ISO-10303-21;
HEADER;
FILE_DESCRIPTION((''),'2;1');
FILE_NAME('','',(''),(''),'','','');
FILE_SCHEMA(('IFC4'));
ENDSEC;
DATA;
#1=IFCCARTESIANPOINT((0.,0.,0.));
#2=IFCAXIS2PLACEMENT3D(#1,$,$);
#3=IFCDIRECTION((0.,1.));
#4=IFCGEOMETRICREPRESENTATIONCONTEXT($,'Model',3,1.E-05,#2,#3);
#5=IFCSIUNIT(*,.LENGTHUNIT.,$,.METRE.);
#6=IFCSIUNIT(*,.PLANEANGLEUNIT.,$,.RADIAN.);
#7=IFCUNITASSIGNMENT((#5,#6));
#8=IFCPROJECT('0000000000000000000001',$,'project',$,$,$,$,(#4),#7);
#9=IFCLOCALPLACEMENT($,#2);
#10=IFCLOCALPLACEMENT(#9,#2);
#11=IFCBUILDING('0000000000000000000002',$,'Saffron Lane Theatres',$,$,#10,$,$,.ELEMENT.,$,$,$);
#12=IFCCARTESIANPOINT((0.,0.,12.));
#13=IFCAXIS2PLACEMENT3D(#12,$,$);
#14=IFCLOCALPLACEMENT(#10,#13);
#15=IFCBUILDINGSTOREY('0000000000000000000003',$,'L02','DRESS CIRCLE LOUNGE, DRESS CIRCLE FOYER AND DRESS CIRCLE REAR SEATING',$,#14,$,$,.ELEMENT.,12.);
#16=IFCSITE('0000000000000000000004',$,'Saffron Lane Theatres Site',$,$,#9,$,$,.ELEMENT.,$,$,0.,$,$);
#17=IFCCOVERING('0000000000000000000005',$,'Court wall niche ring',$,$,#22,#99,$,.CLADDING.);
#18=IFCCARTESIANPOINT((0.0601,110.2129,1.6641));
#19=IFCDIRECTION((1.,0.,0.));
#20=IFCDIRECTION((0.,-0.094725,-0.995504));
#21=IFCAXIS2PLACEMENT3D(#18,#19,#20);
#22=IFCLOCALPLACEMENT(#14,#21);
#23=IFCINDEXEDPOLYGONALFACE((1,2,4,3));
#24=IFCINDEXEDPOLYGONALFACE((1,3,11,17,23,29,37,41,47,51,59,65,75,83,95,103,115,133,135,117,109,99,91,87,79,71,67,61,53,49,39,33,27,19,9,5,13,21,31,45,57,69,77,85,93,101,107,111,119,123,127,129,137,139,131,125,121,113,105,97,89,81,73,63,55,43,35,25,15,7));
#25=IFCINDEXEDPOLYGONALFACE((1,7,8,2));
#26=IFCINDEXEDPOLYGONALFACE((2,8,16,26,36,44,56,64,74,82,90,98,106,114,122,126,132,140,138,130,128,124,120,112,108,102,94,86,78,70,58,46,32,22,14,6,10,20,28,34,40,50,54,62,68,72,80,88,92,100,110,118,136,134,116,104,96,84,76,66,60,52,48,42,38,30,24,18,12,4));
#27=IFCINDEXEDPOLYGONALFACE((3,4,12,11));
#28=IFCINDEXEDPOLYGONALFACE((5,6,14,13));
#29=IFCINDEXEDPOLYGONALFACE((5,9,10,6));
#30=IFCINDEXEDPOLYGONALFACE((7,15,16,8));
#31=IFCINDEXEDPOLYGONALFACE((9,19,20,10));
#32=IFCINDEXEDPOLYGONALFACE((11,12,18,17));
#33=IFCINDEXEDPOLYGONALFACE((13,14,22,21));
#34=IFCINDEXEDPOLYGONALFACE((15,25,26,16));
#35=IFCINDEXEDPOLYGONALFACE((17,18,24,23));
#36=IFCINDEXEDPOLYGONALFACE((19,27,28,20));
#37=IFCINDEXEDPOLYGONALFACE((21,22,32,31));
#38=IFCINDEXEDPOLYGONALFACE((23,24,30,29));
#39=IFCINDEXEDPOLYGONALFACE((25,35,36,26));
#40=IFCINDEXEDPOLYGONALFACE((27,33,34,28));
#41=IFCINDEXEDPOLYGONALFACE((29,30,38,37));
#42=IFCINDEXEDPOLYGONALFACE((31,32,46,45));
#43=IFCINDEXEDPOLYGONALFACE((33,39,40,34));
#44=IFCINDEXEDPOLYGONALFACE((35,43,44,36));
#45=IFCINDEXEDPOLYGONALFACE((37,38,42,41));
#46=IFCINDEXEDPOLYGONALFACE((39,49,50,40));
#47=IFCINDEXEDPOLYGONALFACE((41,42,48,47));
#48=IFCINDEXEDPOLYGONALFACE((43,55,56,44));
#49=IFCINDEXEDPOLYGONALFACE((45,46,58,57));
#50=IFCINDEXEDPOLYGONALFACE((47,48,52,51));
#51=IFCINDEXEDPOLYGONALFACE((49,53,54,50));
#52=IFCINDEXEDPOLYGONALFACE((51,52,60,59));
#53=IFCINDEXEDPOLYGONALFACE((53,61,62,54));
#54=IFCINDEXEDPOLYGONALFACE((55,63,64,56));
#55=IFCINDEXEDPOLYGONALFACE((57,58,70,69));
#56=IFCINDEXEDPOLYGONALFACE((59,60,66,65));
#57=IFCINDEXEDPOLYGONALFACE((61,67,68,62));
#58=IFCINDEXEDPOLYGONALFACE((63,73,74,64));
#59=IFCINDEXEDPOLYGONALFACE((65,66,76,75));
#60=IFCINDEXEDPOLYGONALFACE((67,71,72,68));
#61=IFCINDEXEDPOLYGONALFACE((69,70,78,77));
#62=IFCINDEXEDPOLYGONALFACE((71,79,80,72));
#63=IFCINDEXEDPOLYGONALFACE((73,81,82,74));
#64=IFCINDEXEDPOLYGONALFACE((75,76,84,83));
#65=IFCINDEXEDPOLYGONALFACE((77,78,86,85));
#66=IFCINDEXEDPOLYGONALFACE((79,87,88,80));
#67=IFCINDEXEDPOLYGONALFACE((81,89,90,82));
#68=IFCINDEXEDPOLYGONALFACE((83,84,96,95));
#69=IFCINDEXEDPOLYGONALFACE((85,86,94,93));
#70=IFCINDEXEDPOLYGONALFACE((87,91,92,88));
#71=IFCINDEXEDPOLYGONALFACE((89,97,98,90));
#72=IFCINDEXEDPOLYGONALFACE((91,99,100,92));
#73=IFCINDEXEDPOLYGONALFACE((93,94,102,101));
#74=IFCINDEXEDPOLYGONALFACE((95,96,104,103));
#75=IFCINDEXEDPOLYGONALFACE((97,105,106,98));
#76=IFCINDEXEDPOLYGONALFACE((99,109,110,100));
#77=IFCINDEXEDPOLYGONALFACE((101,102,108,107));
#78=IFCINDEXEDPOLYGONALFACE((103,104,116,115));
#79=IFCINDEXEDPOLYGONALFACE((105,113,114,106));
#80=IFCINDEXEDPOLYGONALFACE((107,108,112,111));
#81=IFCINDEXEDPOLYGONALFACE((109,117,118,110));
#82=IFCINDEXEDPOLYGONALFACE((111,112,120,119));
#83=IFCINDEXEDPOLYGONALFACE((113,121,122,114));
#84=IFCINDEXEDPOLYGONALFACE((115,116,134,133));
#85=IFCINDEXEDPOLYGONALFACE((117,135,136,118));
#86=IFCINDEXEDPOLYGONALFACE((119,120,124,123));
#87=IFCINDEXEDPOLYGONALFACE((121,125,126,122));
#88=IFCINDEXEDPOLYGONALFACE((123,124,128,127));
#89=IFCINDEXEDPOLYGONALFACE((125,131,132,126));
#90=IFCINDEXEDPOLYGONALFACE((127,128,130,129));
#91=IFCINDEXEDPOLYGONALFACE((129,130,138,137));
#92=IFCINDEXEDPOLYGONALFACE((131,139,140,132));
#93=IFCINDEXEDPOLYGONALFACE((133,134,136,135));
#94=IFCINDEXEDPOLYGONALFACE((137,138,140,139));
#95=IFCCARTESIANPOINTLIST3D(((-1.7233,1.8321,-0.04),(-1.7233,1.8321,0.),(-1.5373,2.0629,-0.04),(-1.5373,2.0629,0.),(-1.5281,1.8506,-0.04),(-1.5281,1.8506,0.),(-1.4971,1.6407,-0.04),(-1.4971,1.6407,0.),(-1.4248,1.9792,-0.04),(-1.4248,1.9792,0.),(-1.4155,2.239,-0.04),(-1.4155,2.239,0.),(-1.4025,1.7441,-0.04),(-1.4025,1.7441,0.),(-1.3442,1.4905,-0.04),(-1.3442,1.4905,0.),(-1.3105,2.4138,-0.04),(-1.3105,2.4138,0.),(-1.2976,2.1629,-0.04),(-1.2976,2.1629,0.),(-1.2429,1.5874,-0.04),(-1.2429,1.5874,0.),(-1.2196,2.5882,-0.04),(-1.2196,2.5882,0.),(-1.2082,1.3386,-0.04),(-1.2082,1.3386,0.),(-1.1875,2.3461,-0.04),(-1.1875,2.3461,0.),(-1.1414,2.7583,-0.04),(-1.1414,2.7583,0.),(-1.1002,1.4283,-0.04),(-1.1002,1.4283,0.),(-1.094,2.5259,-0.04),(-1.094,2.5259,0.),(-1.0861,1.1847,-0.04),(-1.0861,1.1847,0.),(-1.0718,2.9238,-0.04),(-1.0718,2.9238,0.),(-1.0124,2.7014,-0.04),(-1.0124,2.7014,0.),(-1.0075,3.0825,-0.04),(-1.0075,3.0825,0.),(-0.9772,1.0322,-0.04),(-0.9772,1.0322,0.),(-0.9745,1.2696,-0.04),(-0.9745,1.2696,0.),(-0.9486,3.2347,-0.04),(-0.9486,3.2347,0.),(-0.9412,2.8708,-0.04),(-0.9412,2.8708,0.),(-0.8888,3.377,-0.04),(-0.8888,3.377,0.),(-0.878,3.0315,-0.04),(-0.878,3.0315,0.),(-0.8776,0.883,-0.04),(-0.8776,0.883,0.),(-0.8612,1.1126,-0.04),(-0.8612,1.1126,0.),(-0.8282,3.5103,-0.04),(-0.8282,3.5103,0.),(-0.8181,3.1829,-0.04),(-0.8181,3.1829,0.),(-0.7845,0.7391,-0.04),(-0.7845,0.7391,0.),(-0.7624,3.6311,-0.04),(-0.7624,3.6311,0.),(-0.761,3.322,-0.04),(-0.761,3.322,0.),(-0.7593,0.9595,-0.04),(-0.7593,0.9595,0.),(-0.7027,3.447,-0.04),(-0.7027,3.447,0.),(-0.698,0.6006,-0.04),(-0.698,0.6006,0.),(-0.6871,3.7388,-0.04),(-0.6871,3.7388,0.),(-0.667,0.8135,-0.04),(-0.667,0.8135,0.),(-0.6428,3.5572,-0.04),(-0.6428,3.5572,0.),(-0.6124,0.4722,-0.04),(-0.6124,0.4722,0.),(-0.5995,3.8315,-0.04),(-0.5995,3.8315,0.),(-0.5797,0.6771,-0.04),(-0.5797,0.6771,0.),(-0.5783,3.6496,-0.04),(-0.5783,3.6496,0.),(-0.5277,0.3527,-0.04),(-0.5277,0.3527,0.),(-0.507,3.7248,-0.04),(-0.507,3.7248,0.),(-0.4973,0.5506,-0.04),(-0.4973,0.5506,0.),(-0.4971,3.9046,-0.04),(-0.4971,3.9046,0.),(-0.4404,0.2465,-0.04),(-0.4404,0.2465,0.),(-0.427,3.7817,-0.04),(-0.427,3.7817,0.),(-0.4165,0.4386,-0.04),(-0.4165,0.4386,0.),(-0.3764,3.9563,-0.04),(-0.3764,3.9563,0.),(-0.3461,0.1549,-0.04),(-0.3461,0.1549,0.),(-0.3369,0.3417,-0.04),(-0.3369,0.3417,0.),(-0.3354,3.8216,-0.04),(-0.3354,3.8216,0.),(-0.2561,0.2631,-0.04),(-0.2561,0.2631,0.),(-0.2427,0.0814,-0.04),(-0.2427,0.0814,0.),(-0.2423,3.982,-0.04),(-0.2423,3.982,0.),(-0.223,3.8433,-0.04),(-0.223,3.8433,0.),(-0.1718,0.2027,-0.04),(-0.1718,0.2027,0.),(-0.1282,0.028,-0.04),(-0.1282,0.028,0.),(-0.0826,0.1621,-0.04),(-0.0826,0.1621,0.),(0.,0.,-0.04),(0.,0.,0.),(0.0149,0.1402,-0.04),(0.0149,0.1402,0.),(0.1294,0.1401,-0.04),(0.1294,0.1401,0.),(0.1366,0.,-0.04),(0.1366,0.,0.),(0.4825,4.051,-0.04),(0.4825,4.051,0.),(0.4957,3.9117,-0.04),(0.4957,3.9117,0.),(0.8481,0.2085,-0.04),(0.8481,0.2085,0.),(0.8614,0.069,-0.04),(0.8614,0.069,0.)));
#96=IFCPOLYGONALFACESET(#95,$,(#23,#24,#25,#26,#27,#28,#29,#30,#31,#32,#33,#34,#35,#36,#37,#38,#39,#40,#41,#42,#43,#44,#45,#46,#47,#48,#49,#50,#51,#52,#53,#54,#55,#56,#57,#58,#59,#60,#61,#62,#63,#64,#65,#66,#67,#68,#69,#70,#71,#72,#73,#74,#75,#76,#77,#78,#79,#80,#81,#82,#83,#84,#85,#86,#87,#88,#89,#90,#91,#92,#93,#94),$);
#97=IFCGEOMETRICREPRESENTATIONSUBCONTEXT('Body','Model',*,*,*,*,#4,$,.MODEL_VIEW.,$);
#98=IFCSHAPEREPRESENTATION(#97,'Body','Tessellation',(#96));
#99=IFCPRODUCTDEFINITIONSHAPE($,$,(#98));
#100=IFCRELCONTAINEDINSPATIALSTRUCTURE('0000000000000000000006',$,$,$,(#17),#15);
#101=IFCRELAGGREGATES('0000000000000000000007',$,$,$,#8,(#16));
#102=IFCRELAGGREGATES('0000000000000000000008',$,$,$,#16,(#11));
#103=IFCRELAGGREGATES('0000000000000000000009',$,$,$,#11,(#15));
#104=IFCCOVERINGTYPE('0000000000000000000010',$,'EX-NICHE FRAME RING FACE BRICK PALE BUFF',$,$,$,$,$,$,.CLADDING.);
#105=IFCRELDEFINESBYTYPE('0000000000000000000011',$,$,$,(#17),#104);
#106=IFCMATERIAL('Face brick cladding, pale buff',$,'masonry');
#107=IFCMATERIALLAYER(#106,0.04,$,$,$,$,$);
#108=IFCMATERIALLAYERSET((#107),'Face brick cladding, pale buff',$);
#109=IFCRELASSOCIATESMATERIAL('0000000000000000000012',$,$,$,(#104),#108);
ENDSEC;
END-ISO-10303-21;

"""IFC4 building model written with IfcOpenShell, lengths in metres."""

from ifc_helpers import new_model, si_unit, direction, frame, origin, place, context, subcontext, project, spatial, polyline, outline, extrude, material, layer, layer_set, type_object, element, save


model = new_model("IFC4")

# Units and contexts
model_context = context("Model", 3, precision=1e-05, world=origin(), true_north=direction((0.0, 1.0)))
body_context = subcontext(model_context, "Body", "Model", "MODEL_VIEW")
ifc_project = project(units=[si_unit("LENGTHUNIT", "METRE"), si_unit("PLANEANGLEUNIT", "RADIAN")], contexts=[model_context])

# Site, building, storey
site_placement = place(None, origin())
site = spatial("IfcSite", under=ifc_project, at=site_placement, Name="Saffron Lane Theatres Site", CompositionType="ELEMENT", RefElevation=0.0)
building_placement = place(site_placement, origin())
building = spatial("IfcBuilding", under=site, at=building_placement, Name="Saffron Lane Theatres", CompositionType="ELEMENT")
storey_placement = place(building_placement, frame((0.0, 0.0, 12.0)))
storey = spatial("IfcBuildingStorey", under=building, at=storey_placement, Name="L02", Description="DRESS CIRCLE LOUNGE, DRESS CIRCLE FOYER AND DRESS CIRCLE REAR SEATING", CompositionType="ELEMENT", Elevation=12.0)

# Covering
ifc_material_1 = material(Name="Face brick cladding, pale buff", Category="masonry")
ifc_layer_1 = layer(ifc_material_1, 0.04)
ifc_layer_set_1 = layer_set([ifc_layer_1], Name="Face brick cladding, pale buff")
covering_type_1 = type_object("IfcCoveringType", Name="EX-NICHE FRAME RING FACE BRICK PALE BUFF", PredefinedType="CLADDING", material=ifc_layer_set_1)
covering_1_placement = place(storey_placement, frame((0.0601, 110.2129, 1.6641), z_axis=(1.0, 0.0, 0.0), x_axis=(0.0, -0.094725, -0.995504)))
element("IfcCovering", 1, at=covering_1_placement, inside=storey, type_object=covering_type_1, Name="Court wall niche ring", PredefinedType="CLADDING", context=body_context, shape_type="SweptSolid", body=[
    extrude(outline(polyline([(0.0, 0.0), (0.1366, 0.0), (0.8614, 0.069), (0.8481, 0.2085), (0.1294, 0.1401), (0.0149, 0.1402), (-0.0826, 0.1621), (-0.1718, 0.2027), (-0.2561, 0.2631), (-0.3369, 0.3417), (-0.4165, 0.4386), (-0.4973, 0.5506), (-0.5797, 0.6771), (-0.667, 0.8135), (-0.7593, 0.9595), (-0.8612, 1.1126), (-0.9745, 1.2696), (-1.1002, 1.4283), (-1.2429, 1.5874), (-1.4025, 1.7441), (-1.5281, 1.8506), (-1.4248, 1.9792), (-1.2976, 2.1629), (-1.1875, 2.3461), (-1.094, 2.5259), (-1.0124, 2.7014), (-0.9412, 2.8708), (-0.878, 3.0315), (-0.8181, 3.1829), (-0.761, 3.322), (-0.7027, 3.447), (-0.6428, 3.5572), (-0.5783, 3.6496), (-0.507, 3.7248), (-0.427, 3.7817), (-0.3354, 3.8216), (-0.223, 3.8433), (0.4957, 3.9117), (0.4825, 4.051), (-0.2423, 3.982), (-0.3764, 3.9563), (-0.4971, 3.9046), (-0.5995, 3.8315), (-0.6871, 3.7388), (-0.7624, 3.6311), (-0.8282, 3.5103), (-0.8888, 3.377), (-0.9486, 3.2347), (-1.0075, 3.0825), (-1.0718, 2.9238), (-1.1414, 2.7583), (-1.2196, 2.5882), (-1.3105, 2.4138), (-1.4155, 2.239), (-1.5373, 2.0629), (-1.7233, 1.8321), (-1.4971, 1.6407), (-1.3442, 1.4905), (-1.2082, 1.3386), (-1.0861, 1.1847), (-0.9772, 1.0322), (-0.8776, 0.883), (-0.7845, 0.7391), (-0.698, 0.6006), (-0.6124, 0.4722), (-0.5277, 0.3527), (-0.4404, 0.2465), (-0.3461, 0.1549), (-0.2427, 0.0814), (-0.1282, 0.028), (0.0, 0.0)])), origin(), (0.0, 0.0, -1.0), 0.04),
])

save(model, "model.ifc")
